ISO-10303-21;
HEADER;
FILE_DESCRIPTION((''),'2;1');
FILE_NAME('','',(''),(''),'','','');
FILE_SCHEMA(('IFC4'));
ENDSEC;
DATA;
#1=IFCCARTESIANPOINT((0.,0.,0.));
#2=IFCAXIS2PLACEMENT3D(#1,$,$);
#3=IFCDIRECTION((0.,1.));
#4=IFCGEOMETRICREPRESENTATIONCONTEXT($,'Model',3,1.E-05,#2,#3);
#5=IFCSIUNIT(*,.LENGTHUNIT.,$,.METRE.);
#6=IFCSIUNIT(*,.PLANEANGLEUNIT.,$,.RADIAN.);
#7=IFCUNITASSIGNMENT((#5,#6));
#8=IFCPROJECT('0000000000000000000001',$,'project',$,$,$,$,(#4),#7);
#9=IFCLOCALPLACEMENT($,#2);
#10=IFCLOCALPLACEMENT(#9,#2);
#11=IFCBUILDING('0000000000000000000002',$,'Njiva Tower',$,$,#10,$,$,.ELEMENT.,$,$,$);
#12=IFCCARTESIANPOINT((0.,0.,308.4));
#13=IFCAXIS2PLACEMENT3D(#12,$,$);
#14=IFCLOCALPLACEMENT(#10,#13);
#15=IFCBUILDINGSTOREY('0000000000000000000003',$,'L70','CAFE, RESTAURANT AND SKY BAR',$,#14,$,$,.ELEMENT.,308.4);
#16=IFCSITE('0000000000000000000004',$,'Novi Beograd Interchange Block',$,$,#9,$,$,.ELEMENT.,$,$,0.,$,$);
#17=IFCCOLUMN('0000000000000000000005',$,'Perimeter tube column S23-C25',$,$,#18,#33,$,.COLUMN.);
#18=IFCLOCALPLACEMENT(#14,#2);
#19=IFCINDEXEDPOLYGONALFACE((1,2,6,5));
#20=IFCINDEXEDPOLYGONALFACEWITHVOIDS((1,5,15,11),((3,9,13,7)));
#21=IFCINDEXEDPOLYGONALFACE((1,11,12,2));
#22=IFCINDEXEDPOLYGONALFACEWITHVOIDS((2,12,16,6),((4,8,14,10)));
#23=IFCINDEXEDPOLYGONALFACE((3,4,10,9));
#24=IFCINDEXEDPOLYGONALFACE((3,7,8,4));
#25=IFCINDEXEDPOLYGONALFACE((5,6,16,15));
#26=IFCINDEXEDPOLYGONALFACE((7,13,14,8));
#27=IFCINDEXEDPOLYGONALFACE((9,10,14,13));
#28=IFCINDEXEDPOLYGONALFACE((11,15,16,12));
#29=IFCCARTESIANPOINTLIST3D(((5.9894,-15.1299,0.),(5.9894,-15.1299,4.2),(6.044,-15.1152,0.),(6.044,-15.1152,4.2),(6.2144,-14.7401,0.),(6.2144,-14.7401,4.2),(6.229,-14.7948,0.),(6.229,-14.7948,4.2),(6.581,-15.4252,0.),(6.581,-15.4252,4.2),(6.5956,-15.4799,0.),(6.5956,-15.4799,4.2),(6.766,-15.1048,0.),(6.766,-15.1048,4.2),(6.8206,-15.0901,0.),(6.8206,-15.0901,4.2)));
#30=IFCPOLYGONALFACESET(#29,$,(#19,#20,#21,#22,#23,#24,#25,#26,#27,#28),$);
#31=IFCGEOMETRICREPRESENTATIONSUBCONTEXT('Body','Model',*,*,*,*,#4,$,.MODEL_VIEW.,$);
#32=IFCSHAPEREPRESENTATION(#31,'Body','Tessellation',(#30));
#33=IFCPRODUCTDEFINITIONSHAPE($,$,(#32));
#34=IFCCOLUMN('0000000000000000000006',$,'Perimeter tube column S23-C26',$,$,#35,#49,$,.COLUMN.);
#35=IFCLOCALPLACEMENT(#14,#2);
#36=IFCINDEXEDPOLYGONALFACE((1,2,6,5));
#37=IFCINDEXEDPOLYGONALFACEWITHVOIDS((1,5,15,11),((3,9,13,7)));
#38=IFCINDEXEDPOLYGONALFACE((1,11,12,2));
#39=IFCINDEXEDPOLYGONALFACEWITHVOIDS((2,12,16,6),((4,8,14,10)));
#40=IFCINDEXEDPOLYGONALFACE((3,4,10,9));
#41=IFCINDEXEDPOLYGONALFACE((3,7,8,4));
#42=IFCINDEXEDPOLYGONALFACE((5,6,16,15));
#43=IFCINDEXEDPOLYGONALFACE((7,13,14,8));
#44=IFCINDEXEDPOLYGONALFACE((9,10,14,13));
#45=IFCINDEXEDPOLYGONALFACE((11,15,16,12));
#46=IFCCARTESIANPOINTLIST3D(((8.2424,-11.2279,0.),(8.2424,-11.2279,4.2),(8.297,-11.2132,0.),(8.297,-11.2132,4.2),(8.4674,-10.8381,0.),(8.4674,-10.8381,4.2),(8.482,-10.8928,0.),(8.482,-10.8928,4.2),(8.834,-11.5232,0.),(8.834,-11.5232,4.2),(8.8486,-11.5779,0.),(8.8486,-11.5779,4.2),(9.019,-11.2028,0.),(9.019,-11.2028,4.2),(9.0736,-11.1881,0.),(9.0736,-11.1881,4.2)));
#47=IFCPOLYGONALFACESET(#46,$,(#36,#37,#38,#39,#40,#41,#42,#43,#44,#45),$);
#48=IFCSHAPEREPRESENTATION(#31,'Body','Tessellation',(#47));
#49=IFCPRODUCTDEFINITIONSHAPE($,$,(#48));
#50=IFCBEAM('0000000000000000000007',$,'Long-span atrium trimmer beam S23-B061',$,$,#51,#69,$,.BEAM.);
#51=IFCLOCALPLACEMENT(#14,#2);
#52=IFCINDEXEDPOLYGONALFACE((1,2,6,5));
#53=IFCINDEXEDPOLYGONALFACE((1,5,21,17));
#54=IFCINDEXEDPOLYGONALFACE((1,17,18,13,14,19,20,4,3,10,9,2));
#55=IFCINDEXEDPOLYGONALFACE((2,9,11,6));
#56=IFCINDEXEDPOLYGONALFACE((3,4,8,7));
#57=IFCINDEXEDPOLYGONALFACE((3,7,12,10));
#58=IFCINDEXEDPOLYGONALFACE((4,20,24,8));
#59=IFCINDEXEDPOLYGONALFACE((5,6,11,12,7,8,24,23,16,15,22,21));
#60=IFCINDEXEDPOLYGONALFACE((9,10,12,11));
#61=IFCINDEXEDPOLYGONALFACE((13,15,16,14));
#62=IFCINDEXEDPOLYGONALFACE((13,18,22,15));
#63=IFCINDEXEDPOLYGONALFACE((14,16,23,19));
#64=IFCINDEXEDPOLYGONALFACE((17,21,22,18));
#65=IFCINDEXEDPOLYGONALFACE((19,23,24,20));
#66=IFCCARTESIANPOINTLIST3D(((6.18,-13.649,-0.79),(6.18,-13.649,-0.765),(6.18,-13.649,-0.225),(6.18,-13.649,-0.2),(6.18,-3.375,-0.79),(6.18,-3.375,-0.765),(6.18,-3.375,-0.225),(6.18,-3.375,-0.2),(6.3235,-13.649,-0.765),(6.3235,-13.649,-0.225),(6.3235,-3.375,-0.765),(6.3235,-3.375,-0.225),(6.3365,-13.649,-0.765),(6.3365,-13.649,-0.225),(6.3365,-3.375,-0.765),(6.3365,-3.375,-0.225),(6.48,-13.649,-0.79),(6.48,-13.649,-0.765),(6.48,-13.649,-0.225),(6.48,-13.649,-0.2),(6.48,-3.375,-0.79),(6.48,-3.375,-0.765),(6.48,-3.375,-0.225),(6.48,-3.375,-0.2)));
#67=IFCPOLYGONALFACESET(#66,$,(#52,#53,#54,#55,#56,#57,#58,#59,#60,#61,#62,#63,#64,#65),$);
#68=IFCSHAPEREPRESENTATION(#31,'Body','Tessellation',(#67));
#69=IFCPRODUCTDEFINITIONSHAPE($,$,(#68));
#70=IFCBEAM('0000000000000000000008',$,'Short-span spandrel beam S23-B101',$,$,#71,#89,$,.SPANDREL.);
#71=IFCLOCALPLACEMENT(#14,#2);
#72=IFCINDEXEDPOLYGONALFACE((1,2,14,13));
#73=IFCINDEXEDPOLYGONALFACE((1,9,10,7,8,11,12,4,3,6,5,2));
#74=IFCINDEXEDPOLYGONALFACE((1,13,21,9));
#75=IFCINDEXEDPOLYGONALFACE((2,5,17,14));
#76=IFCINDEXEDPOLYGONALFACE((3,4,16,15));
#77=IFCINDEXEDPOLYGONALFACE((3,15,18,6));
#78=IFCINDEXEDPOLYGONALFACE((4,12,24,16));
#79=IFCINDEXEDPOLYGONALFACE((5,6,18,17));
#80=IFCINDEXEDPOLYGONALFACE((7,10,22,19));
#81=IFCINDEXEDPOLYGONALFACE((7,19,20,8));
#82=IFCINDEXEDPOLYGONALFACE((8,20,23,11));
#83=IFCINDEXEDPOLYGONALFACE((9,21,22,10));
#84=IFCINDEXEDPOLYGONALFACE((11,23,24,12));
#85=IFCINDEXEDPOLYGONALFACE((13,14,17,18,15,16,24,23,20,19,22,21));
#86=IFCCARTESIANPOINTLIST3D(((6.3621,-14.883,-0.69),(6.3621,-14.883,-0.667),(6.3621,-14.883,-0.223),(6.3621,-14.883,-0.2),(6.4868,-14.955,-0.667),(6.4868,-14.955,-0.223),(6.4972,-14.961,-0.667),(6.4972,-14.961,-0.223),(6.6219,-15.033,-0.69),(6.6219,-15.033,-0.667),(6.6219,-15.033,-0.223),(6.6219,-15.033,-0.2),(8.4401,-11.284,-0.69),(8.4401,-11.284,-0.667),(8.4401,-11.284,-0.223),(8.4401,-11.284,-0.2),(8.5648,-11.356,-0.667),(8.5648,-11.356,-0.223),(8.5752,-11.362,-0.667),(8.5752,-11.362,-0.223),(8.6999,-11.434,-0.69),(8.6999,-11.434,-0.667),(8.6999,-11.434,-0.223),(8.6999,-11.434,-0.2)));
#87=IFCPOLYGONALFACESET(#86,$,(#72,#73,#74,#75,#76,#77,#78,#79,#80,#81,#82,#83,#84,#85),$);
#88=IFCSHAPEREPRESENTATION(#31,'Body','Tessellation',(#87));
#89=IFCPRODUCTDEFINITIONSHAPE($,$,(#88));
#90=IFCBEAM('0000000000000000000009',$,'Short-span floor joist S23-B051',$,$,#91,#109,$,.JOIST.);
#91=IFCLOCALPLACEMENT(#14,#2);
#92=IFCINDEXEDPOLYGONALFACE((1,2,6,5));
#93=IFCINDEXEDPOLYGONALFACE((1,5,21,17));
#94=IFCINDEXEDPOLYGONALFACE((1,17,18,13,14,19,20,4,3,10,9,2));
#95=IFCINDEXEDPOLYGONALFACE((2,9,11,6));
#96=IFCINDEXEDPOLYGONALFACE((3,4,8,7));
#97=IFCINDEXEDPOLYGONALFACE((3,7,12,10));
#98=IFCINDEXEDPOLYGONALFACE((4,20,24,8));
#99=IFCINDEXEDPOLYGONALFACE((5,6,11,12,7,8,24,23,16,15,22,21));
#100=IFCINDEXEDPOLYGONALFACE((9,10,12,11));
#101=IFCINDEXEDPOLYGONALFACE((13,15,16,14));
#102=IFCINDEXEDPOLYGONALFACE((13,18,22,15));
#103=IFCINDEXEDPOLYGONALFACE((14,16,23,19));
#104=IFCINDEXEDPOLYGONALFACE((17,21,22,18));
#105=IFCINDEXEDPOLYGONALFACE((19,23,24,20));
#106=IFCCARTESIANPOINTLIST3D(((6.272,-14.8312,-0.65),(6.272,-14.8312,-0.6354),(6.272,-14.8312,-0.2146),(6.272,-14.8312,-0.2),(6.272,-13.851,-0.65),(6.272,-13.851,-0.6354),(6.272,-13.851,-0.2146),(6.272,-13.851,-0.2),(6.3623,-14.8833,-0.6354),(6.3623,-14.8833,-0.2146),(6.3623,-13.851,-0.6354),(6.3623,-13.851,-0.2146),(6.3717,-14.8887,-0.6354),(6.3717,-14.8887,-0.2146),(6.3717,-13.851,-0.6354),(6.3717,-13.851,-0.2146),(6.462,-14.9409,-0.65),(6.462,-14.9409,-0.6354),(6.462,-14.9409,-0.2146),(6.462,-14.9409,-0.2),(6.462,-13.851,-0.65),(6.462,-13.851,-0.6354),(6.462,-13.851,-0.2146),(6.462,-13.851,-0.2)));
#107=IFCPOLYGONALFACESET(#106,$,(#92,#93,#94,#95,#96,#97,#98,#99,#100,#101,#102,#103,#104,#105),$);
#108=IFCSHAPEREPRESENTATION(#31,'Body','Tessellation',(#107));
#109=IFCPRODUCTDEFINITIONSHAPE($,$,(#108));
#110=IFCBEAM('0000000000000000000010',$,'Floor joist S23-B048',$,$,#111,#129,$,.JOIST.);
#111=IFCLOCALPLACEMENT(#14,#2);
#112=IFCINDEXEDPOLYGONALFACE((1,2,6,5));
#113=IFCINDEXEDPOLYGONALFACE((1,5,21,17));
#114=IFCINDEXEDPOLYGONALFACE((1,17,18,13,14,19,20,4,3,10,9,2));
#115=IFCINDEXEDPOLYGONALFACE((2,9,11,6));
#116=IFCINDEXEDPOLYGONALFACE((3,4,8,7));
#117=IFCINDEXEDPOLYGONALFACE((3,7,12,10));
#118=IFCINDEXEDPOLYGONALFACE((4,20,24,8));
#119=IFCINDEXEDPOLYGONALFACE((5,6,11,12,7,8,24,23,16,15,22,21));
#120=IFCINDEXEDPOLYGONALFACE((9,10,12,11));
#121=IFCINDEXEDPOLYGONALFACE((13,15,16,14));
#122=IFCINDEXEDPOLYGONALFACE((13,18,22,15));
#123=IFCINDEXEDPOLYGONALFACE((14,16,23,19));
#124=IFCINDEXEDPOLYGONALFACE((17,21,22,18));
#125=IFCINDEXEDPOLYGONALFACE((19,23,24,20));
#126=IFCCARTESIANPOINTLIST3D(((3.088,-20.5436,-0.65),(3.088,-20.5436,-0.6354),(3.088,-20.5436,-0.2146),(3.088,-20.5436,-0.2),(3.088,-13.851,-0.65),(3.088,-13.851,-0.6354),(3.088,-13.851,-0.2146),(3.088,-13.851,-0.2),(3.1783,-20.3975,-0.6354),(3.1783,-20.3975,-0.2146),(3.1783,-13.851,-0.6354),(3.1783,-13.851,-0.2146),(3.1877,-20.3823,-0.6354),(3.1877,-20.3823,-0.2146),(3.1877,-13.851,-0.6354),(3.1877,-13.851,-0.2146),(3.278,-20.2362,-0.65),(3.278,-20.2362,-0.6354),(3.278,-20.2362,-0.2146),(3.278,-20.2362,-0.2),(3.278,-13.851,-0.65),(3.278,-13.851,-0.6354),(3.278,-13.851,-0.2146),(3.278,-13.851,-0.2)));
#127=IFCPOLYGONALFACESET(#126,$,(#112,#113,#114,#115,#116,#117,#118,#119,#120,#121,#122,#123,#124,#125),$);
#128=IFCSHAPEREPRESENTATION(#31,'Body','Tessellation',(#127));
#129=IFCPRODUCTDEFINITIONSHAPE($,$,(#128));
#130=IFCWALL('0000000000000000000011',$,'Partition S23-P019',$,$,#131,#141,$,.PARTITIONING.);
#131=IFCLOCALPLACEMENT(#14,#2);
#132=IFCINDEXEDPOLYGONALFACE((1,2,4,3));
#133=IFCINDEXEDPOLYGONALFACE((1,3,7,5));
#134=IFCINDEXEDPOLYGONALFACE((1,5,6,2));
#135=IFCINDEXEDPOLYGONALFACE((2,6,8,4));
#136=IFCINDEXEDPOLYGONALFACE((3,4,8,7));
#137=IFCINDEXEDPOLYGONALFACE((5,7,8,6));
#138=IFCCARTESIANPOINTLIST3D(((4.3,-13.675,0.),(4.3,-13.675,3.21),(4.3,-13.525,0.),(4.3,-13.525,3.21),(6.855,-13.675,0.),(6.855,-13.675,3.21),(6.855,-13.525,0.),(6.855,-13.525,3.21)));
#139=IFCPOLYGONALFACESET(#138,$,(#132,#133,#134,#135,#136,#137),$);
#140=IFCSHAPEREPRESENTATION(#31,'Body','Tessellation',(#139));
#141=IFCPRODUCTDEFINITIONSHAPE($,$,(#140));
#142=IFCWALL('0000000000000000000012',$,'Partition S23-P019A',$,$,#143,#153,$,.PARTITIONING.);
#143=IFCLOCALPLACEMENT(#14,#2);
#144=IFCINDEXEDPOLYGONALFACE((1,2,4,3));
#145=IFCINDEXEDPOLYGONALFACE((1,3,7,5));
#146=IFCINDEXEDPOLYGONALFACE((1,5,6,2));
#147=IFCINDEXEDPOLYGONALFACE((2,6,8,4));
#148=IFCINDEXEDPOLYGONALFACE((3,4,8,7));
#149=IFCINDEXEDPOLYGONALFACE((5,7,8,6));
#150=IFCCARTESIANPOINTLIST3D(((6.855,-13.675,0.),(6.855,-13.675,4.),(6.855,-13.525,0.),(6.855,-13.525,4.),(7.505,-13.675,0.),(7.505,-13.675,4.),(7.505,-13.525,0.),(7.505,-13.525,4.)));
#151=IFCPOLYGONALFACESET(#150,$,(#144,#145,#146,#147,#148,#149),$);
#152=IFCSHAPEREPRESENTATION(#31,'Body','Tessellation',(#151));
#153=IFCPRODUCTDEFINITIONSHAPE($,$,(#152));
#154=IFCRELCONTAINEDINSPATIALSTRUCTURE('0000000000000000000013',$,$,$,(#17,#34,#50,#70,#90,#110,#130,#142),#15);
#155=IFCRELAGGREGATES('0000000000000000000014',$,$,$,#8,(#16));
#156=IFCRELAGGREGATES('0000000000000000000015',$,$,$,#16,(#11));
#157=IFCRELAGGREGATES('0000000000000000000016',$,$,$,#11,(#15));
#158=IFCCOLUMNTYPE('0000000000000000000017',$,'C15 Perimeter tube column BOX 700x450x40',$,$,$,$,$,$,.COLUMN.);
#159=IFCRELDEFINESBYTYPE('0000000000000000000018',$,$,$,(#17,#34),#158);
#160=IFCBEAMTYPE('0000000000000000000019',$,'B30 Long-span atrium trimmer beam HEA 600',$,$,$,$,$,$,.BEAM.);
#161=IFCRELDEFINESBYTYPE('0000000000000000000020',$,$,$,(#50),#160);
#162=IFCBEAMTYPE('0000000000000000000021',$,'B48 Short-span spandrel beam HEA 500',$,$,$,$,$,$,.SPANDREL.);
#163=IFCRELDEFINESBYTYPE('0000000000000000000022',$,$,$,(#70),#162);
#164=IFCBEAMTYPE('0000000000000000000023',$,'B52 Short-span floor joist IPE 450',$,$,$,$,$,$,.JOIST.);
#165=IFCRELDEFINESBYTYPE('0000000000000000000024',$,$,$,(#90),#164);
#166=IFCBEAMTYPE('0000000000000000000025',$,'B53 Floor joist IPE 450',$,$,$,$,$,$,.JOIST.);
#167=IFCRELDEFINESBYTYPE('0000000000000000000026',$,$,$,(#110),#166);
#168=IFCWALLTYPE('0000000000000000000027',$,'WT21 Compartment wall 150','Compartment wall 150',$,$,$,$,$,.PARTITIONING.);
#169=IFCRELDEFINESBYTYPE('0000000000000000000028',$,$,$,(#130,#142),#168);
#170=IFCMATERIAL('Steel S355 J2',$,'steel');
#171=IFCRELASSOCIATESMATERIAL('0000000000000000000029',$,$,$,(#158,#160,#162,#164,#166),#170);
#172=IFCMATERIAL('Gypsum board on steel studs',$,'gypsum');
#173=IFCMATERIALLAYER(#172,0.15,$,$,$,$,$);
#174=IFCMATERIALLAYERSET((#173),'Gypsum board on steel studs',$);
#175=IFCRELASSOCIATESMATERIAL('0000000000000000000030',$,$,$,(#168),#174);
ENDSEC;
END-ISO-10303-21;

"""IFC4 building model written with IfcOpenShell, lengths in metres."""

from ifc_helpers import new_model, si_unit, direction, frame, frame_2d, origin, origin_2d, place, context, subcontext, project, spatial, rectangle, hollow_rectangle, i_section, extrude, clip, halfspace, material, layer, layer_set, material_profile, profile_set, type_object, element, save


model = new_model("IFC4")

# Units and contexts
model_context = context("Model", 3, precision=1e-05, world=origin(), true_north=direction((0.0, 1.0)))
body_context = subcontext(model_context, "Body", "Model", "MODEL_VIEW")
ifc_project = project(units=[si_unit("LENGTHUNIT", "METRE"), si_unit("PLANEANGLEUNIT", "RADIAN")], contexts=[model_context])

# Site, building, storey
site_placement = place(None, origin())
site = spatial("IfcSite", under=ifc_project, at=site_placement, Name="Novi Beograd Interchange Block", CompositionType="ELEMENT", RefElevation=0.0)
building_placement = place(site_placement, origin())
building = spatial("IfcBuilding", under=site, at=building_placement, Name="Njiva Tower", CompositionType="ELEMENT")
storey_placement = place(building_placement, frame((0.0, 0.0, 308.4)))
storey = spatial("IfcBuildingStorey", under=building, at=storey_placement, Name="L70", Description="CAFE, RESTAURANT AND SKY BAR", CompositionType="ELEMENT", Elevation=308.4)

# Columns
ifc_material_1 = material(Name="Steel S355 J2", Category="steel")
ifc_material_profile_1 = material_profile(ifc_material_1, hollow_rectangle(XDim=0.45, YDim=0.7, WallThickness=0.04, at=origin_2d()), Name="BOX 700x450x40")
ifc_profile_set_1 = profile_set([ifc_material_profile_1], Name="Steel S355 J2")
column_type = type_object("IfcColumnType", Name="C15 Perimeter tube column BOX 700x450x40", PredefinedType="COLUMN", material=ifc_profile_set_1)
for number, where, z_axis, x_axis, name in (
    (1, (6.405, -15.11, 0.0), (0.0, 0.0, 1.0), (0.5, 0.866025, 0.0), "Perimeter tube column S23-C25"),
    (2, (8.658, -11.208, 0.0), (0.0, 0.0, 1.0), (0.5, 0.866025, 0.0), "Perimeter tube column S23-C26"),
):
    element("IfcColumn", number, at=place(storey_placement, frame(where, z_axis=z_axis, x_axis=x_axis)), inside=storey, type_object=column_type, Name=name, PredefinedType="COLUMN", context=body_context, shape_type="SweptSolid", body=[
        extrude(hollow_rectangle(XDim=0.45, YDim=0.7, WallThickness=0.04, at=origin_2d()), origin(), (0.0, 0.0, 1.0), 4.2),
    ])

# Beams
ifc_material_profile_2 = material_profile(ifc_material_1, i_section(OverallWidth=0.3, OverallDepth=0.59, WebThickness=0.013, FlangeThickness=0.025, at=origin_2d()), Name="HEA 600")
ifc_profile_set_2 = profile_set([ifc_material_profile_2], Name="Steel S355 J2")
beam_type_1 = type_object("IfcBeamType", Name="B30 Long-span atrium trimmer beam HEA 600", PredefinedType="BEAM", material=ifc_profile_set_2)
beam_1_placement = place(storey_placement, frame((6.33, -13.649, -0.495), z_axis=(0.0, 1.0, 0.0), x_axis=(-1.0, 0.0, 0.0)))
element("IfcBeam", 3, at=beam_1_placement, inside=storey, type_object=beam_type_1, Name="Long-span atrium trimmer beam S23-B061", PredefinedType="BEAM", context=body_context, shape_type="SweptSolid", body=[
    extrude(i_section(OverallWidth=0.3, OverallDepth=0.59, WebThickness=0.013, FlangeThickness=0.025, at=origin_2d()), origin(), (0.0, 0.0, 1.0), 10.274),
])
ifc_material_profile_3 = material_profile(ifc_material_1, i_section(OverallWidth=0.3, OverallDepth=0.49, WebThickness=0.012, FlangeThickness=0.023, at=origin_2d()), Name="HEA 500")
ifc_profile_set_3 = profile_set([ifc_material_profile_3], Name="Steel S355 J2")
beam_type_2 = type_object("IfcBeamType", Name="B48 Short-span spandrel beam HEA 500", PredefinedType="SPANDREL", material=ifc_profile_set_3)
beam_2_placement = place(storey_placement, frame((6.492, -14.958, -0.445), z_axis=(0.500021, 0.866013, 0.0), x_axis=(-0.866013, 0.500021, 0.0)))
element("IfcBeam", 4, at=beam_2_placement, inside=storey, type_object=beam_type_2, Name="Short-span spandrel beam S23-B101", PredefinedType="SPANDREL", context=body_context, shape_type="SweptSolid", body=[
    extrude(i_section(OverallWidth=0.3, OverallDepth=0.49, WebThickness=0.012, FlangeThickness=0.023, at=origin_2d()), origin(), (0.0, 0.0, 1.0), 4.1558),
])
ifc_material_profile_4 = material_profile(ifc_material_1, i_section(OverallWidth=0.19, OverallDepth=0.45, WebThickness=0.0094, FlangeThickness=0.0146, at=origin_2d()), Name="IPE 450")
ifc_profile_set_4 = profile_set([ifc_material_profile_4], Name="Steel S355 J2")
beam_type_3 = type_object("IfcBeamType", Name="B52 Short-span floor joist IPE 450", PredefinedType="JOIST", material=ifc_profile_set_4)
beam_3_placement = place(storey_placement, frame((6.367, -13.851, -0.425), z_axis=(0.0, -1.0, 0.0), x_axis=(1.0, 0.0, 0.0)))
element("IfcBeam", 5, at=beam_3_placement, inside=storey, type_object=beam_type_3, Name="Short-span floor joist S23-B051", PredefinedType="JOIST", context=body_context, shape_type="Clipping", body=[
    clip(extrude(i_section(OverallWidth=0.19, OverallDepth=0.45, WebThickness=0.0094, FlangeThickness=0.0146, at=origin_2d()), origin(), (0.0, 0.0, 1.0), 1.11), halfspace(frame((-0.0253, 0.0, 1.0204), z_axis=(-0.499998, 0.0, 0.866027), x_axis=(0.0, 1.0, 0.0)), False)),
])
ifc_material_profile_5 = material_profile(ifc_material_1, i_section(OverallWidth=0.19, OverallDepth=0.45, WebThickness=0.0094, FlangeThickness=0.0146, at=origin_2d()), Name="IPE 450")
ifc_profile_set_5 = profile_set([ifc_material_profile_5], Name="Steel S355 J2")
beam_type_4 = type_object("IfcBeamType", Name="B53 Floor joist IPE 450", PredefinedType="JOIST", material=ifc_profile_set_5)
beam_4_placement = place(storey_placement, frame((3.183, -13.851, -0.425), z_axis=(0.0, -1.0, 0.0), x_axis=(1.0, 0.0, 0.0)))
element("IfcBeam", 6, at=beam_4_placement, inside=storey, type_object=beam_type_4, Name="Floor joist S23-B048", PredefinedType="JOIST", context=body_context, shape_type="Clipping", body=[
    clip(extrude(i_section(OverallWidth=0.19, OverallDepth=0.45, WebThickness=0.0094, FlangeThickness=0.0146, at=origin_2d()), origin(), (0.0, 0.0, 1.0), 6.712), halfspace(frame((0.0429, 0.0, 6.4695), z_axis=(0.850616, 0.0, 0.525788), x_axis=(0.0, 1.0, 0.0)), False)),
])

# Walls
ifc_material_2 = material(Name="Gypsum board on steel studs", Category="gypsum")
ifc_layer_1 = layer(ifc_material_2, 0.15)
ifc_layer_set_1 = layer_set([ifc_layer_1], Name="Gypsum board on steel studs")
wall_type_1 = type_object("IfcWallType", Name="WT21 Compartment wall 150", Description="Compartment wall 150", PredefinedType="PARTITIONING", material=ifc_layer_set_1)
wall_1_placement = place(storey_placement, frame((4.3, -13.6, 0.0), z_axis=(0.0, 0.0, 1.0), x_axis=(1.0, 0.0, 0.0)))
element("IfcWall", 7, at=wall_1_placement, inside=storey, type_object=wall_type_1, Name="Partition S23-P019", PredefinedType="PARTITIONING", context=body_context, shape_type="SweptSolid", body=[
    extrude(rectangle(XDim=2.555, YDim=0.15, at=frame_2d((1.2775, 0.0))), origin(), (0.0, 0.0, 1.0), 3.21),
])
wall_2_placement = place(storey_placement, frame((6.855, -13.6, 0.0), z_axis=(0.0, 0.0, 1.0), x_axis=(1.0, 0.0, 0.0)))
element("IfcWall", 8, at=wall_2_placement, inside=storey, type_object=wall_type_1, Name="Partition S23-P019A", PredefinedType="PARTITIONING", context=body_context, shape_type="SweptSolid", body=[
    extrude(rectangle(XDim=0.65, YDim=0.15, at=frame_2d((0.325, 0.0))), origin(), (0.0, 0.0, 1.0), 4.0),
])

save(model, "model.ifc")
